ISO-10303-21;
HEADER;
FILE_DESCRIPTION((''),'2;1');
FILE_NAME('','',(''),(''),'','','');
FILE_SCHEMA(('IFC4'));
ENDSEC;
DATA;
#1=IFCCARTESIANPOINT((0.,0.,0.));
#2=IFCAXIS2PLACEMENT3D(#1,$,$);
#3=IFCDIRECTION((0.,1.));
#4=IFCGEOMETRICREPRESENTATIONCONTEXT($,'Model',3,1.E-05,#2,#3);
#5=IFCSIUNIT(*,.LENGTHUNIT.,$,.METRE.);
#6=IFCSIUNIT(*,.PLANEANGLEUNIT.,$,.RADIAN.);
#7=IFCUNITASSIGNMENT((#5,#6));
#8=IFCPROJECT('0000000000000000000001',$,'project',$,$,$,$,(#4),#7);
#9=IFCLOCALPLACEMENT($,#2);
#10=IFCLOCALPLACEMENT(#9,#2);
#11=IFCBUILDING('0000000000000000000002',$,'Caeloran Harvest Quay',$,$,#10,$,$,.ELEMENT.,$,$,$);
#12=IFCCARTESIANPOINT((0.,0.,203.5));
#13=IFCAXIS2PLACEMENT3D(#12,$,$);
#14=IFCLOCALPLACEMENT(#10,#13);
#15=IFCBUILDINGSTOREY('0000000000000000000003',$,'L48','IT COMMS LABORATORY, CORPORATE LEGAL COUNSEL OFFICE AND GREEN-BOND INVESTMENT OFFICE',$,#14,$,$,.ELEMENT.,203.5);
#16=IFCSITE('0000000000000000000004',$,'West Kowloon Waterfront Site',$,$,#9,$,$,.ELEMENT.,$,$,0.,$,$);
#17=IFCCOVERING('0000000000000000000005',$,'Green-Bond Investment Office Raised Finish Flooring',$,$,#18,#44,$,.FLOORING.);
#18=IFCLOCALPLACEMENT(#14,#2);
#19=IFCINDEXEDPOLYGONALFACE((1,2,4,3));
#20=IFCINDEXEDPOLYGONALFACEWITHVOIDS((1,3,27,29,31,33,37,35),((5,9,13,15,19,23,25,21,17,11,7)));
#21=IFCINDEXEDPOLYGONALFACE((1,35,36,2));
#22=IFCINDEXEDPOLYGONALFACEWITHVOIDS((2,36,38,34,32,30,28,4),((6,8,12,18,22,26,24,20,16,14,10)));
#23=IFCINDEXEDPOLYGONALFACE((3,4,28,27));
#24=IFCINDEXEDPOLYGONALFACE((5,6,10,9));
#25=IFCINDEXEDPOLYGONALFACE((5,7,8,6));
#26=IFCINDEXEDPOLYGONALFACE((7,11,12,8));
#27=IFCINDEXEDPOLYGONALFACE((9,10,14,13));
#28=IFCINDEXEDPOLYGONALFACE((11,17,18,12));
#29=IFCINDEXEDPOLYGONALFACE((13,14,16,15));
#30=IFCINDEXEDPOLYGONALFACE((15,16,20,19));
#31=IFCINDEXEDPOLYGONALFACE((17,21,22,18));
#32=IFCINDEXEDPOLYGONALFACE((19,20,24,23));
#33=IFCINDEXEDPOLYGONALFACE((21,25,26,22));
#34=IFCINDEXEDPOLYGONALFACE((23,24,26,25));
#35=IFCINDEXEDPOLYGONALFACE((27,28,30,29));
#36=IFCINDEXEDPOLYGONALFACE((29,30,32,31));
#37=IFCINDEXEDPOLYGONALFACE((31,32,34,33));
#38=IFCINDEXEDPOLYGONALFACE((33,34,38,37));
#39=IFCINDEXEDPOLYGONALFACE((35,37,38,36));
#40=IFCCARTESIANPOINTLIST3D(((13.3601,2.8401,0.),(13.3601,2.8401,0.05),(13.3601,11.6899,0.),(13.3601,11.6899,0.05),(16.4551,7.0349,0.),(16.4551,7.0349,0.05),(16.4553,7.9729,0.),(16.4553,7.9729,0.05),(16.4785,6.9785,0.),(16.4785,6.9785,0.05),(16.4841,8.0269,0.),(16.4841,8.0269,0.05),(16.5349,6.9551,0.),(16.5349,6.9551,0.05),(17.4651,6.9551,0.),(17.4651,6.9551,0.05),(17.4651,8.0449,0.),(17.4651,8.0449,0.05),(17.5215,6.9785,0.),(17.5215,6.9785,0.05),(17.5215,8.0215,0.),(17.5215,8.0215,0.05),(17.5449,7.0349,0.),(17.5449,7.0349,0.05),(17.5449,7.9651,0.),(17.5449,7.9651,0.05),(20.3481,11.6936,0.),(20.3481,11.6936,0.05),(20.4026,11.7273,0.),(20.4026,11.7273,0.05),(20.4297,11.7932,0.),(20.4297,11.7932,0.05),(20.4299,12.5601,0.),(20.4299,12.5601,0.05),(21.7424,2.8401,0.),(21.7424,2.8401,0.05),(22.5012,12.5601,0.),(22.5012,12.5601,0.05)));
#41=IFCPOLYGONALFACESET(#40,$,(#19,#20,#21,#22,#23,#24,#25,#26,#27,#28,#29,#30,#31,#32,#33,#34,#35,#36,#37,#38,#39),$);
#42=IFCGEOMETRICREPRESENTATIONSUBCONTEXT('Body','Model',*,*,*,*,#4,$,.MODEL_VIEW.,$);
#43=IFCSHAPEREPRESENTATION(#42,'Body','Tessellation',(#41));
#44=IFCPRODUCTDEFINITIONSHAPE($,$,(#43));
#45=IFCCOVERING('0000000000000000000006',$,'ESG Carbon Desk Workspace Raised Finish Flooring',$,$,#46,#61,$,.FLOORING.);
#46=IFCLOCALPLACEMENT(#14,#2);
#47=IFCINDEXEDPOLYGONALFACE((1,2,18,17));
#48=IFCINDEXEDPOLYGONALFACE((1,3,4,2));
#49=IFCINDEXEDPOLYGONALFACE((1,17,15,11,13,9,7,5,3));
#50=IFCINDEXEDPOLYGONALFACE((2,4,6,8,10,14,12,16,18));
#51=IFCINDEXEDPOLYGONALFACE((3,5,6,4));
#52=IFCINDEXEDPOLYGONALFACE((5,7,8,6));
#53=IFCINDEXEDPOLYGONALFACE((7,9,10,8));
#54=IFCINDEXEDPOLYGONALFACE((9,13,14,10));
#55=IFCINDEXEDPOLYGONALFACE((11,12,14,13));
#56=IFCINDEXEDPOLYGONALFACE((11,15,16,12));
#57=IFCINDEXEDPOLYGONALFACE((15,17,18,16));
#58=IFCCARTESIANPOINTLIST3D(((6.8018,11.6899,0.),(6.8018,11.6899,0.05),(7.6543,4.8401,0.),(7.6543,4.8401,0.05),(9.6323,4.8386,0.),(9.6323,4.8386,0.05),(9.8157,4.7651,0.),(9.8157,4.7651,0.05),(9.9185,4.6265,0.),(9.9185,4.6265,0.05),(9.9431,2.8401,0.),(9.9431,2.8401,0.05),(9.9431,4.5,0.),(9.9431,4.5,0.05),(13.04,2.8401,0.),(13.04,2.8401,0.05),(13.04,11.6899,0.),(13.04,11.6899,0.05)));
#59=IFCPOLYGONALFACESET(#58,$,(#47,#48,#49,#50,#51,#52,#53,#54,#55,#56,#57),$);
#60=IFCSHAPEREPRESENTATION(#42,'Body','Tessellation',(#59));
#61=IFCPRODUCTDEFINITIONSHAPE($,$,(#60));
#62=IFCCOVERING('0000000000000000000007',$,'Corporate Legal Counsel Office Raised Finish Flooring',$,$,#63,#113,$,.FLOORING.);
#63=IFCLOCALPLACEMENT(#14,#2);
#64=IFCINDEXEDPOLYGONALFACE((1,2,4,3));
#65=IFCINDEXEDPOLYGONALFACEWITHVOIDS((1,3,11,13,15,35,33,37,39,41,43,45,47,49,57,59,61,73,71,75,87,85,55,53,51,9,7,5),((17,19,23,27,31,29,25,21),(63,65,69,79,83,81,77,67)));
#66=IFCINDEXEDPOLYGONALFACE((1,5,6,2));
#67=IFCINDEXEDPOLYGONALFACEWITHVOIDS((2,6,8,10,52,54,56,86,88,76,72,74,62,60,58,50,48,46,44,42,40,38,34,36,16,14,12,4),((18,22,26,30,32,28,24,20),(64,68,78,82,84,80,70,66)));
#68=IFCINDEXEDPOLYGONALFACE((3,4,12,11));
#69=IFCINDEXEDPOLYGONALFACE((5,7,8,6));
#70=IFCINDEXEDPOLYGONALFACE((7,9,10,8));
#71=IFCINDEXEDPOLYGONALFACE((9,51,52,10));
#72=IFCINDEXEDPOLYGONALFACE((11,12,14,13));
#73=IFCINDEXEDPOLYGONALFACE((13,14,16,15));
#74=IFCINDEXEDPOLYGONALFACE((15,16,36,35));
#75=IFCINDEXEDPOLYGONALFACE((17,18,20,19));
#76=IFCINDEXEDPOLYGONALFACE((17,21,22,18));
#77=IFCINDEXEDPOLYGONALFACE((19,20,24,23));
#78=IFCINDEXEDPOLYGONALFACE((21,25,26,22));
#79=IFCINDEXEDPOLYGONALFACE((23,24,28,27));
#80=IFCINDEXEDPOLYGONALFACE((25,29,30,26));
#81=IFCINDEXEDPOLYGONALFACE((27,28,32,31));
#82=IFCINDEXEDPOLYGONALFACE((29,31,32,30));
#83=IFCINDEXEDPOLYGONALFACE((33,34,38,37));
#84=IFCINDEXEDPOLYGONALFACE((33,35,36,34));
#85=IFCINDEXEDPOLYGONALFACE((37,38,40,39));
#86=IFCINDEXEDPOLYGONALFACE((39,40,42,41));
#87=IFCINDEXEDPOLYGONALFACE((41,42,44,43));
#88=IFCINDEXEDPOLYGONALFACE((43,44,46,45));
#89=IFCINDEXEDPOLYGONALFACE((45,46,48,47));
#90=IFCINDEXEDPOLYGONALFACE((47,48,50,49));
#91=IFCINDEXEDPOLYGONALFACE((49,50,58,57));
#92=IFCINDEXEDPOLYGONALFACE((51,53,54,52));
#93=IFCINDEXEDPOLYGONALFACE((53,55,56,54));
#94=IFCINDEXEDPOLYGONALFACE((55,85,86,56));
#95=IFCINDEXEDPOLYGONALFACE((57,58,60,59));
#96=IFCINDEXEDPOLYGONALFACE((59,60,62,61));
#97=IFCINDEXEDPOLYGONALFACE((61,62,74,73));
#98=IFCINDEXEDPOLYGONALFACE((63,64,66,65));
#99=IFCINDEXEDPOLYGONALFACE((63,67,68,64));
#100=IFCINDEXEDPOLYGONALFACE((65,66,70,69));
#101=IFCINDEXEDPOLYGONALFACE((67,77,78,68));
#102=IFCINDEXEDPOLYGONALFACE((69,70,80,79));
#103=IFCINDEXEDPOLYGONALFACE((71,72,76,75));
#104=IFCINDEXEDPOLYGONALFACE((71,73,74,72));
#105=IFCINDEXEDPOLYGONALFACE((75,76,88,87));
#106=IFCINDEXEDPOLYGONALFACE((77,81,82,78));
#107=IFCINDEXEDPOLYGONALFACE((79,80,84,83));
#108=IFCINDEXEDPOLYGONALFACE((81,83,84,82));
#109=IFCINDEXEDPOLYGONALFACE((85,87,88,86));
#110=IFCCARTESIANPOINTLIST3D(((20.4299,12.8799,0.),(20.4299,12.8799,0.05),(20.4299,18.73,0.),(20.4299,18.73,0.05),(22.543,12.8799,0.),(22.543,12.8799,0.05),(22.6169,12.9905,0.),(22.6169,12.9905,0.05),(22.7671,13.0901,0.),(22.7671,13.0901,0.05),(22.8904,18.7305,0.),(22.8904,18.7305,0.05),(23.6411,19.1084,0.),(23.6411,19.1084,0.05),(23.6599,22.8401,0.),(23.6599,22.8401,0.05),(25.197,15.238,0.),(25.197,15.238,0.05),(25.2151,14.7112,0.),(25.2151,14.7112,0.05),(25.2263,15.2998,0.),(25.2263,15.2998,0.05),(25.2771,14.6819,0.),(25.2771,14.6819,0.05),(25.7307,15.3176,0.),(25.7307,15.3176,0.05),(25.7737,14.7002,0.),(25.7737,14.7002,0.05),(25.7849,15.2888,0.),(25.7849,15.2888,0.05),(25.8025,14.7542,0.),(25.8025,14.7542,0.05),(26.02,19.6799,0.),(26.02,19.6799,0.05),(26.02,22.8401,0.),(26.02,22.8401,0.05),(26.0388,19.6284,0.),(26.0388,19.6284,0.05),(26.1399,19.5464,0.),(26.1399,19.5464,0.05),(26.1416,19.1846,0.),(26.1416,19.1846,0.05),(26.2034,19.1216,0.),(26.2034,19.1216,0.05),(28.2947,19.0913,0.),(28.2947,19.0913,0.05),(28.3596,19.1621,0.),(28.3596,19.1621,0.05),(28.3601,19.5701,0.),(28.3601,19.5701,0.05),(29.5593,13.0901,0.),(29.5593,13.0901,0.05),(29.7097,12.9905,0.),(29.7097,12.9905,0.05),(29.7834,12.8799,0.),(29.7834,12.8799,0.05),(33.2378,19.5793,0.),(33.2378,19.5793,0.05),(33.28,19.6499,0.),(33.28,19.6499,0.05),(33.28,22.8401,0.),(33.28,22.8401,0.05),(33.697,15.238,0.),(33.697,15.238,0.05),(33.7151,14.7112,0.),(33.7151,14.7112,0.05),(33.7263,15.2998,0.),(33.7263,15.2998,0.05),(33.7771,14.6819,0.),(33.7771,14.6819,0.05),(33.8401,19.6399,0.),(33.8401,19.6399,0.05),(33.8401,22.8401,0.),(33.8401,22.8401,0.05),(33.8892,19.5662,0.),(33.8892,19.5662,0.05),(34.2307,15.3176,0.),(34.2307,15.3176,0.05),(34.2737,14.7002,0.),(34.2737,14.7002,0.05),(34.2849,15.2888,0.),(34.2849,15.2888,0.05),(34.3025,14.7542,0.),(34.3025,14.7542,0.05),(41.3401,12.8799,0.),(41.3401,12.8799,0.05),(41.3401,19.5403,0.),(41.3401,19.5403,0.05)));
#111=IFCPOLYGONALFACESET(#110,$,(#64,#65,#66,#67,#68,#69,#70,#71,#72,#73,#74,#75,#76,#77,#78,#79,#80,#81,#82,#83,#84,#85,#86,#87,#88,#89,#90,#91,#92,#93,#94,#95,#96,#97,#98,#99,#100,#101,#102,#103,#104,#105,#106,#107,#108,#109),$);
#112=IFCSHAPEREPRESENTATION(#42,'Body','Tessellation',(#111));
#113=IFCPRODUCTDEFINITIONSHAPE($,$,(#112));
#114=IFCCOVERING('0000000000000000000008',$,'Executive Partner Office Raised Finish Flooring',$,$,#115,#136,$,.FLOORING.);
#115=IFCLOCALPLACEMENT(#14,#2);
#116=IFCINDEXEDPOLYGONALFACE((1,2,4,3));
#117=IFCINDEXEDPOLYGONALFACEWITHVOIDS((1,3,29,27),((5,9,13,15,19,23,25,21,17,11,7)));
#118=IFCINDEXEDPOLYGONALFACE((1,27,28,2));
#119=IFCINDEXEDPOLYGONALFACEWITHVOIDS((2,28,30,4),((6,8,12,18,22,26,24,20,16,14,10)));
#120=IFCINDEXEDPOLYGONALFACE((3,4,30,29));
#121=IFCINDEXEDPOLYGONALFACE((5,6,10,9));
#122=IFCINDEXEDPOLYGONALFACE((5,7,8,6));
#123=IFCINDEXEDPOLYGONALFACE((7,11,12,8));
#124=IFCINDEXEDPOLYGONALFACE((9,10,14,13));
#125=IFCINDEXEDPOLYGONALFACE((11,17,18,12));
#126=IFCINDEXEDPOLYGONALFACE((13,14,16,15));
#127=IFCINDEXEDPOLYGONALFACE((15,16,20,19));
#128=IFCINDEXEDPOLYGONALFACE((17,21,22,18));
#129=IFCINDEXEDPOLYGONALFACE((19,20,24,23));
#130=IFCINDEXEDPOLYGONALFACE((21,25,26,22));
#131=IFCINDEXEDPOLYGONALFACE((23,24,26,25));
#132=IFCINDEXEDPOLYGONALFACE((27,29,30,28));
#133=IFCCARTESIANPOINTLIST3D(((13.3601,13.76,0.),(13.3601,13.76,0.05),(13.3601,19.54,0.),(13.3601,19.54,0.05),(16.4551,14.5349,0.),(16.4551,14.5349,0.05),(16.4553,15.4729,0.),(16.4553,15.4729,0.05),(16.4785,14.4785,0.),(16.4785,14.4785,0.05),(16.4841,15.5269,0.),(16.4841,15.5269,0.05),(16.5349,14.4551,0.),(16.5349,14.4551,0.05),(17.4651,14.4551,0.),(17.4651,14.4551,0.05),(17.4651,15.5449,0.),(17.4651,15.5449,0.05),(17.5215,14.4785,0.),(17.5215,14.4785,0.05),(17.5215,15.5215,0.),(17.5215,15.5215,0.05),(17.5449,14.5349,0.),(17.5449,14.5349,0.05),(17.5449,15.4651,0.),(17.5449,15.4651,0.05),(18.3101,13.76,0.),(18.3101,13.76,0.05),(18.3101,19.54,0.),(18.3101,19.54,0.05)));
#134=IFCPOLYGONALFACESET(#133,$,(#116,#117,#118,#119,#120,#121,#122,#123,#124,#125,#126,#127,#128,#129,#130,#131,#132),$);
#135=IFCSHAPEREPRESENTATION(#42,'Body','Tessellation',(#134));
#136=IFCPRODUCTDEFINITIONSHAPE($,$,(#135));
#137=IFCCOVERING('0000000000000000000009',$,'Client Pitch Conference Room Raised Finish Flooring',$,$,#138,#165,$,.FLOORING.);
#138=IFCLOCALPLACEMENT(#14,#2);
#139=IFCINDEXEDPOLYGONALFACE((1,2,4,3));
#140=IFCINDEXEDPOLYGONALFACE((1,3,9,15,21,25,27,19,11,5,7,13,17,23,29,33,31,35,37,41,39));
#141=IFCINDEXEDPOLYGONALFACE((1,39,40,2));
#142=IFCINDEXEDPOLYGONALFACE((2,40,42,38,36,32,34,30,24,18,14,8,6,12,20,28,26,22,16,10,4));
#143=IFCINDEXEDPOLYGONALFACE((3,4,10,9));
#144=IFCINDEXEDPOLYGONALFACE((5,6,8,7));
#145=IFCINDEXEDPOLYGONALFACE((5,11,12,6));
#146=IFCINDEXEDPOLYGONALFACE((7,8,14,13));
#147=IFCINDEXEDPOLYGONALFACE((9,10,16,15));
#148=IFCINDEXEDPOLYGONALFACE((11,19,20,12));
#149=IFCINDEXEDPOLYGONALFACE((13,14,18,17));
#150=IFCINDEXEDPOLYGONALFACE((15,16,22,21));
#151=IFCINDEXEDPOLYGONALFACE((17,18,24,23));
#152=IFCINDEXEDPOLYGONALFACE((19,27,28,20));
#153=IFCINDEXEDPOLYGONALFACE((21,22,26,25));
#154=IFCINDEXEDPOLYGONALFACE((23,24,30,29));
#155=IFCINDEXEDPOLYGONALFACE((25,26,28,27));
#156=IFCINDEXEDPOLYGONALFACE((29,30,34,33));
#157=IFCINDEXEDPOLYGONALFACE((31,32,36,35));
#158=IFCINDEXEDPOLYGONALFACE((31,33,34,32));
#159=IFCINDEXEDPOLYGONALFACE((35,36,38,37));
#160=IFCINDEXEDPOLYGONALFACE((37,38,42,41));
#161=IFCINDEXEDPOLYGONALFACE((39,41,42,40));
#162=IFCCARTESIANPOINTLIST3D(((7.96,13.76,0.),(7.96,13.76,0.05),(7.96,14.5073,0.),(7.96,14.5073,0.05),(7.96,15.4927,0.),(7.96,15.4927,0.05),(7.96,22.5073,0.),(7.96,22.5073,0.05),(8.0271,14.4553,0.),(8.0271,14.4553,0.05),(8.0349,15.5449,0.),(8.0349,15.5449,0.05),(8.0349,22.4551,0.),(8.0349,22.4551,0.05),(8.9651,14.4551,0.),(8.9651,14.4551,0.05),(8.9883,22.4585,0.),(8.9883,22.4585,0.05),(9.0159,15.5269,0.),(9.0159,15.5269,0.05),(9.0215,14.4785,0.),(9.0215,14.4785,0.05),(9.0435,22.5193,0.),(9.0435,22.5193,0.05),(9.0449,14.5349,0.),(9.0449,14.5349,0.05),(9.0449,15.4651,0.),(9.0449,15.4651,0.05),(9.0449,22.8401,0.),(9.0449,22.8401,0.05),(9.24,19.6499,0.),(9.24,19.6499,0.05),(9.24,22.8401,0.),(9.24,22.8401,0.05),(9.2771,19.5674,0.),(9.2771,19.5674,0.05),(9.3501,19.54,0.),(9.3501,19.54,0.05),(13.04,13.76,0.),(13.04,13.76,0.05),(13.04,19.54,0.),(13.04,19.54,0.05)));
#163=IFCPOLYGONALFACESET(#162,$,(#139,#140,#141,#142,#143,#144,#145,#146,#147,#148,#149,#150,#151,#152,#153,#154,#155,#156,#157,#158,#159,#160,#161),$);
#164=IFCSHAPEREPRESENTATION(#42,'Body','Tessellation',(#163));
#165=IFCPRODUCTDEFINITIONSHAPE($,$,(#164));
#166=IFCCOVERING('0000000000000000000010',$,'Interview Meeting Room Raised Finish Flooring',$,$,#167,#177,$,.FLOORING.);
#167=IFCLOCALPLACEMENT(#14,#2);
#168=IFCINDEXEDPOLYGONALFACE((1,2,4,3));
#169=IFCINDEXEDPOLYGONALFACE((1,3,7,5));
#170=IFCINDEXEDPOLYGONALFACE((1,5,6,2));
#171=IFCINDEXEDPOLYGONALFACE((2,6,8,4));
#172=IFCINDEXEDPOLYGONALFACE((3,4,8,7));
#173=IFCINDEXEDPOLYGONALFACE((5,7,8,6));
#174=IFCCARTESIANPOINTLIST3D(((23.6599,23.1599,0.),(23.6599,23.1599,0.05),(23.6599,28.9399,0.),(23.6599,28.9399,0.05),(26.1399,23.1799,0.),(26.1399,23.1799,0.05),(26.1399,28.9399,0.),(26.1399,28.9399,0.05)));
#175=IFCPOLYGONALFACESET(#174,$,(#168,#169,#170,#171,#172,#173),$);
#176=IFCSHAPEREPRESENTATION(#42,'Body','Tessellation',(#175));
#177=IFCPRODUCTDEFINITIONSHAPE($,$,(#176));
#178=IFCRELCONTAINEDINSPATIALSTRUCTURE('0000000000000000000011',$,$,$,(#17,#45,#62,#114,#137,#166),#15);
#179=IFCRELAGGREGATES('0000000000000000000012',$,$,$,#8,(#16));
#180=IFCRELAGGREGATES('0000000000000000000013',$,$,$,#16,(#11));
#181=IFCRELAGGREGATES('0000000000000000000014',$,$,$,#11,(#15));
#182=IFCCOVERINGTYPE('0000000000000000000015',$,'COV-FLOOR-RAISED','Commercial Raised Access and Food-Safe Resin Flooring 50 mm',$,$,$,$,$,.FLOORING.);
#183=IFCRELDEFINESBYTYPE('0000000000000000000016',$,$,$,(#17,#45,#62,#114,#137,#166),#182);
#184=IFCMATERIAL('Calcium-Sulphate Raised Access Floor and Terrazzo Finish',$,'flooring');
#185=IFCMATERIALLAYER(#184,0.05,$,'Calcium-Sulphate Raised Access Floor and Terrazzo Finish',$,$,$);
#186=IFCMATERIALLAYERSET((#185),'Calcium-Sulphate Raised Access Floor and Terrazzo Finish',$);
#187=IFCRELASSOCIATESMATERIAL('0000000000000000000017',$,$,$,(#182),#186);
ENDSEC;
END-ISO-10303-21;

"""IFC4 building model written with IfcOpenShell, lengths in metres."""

from ifc_helpers import new_model, si_unit, direction, frame, origin, place, context, subcontext, project, spatial, polyline, outline, extrude, material, layer, layer_set, type_object, element, save


model = new_model("IFC4")

# Units and contexts
model_context = context("Model", 3, precision=1e-05, world=origin(), true_north=direction((0.0, 1.0)))
body_context = subcontext(model_context, "Body", "Model", "MODEL_VIEW")
ifc_project = project(units=[si_unit("LENGTHUNIT", "METRE"), si_unit("PLANEANGLEUNIT", "RADIAN")], contexts=[model_context])

# Site, building, storey
site_placement = place(None, origin())
site = spatial("IfcSite", under=ifc_project, at=site_placement, Name="West Kowloon Waterfront Site", CompositionType="ELEMENT", RefElevation=0.0)
building_placement = place(site_placement, origin())
building = spatial("IfcBuilding", under=site, at=building_placement, Name="Caeloran Harvest Quay", CompositionType="ELEMENT")
storey_placement = place(building_placement, frame((0.0, 0.0, 203.5)))
storey = spatial("IfcBuildingStorey", under=building, at=storey_placement, Name="L48", Description="IT COMMS LABORATORY, CORPORATE LEGAL COUNSEL OFFICE AND GREEN-BOND INVESTMENT OFFICE", CompositionType="ELEMENT", Elevation=203.5)

# Coverings
ifc_material_1 = material(Name="Calcium-Sulphate Raised Access Floor and Terrazzo Finish", Category="flooring")
ifc_layer_1 = layer(ifc_material_1, 0.05, Name="Calcium-Sulphate Raised Access Floor and Terrazzo Finish")
ifc_layer_set_1 = layer_set([ifc_layer_1], Name="Calcium-Sulphate Raised Access Floor and Terrazzo Finish")
covering_type_1 = type_object("IfcCoveringType", Name="COV-FLOOR-RAISED", Description="Commercial Raised Access and Food-Safe Resin Flooring 50 mm", PredefinedType="FLOORING", material=ifc_layer_set_1)
covering_1_placement = place(storey_placement, origin())
element("IfcCovering", 1, at=covering_1_placement, inside=storey, type_object=covering_type_1, Name="Green-Bond Investment Office Raised Finish Flooring", PredefinedType="FLOORING", context=body_context, shape_type="SweptSolid", body=[
    extrude(outline(polyline([(20.3481, 11.6936), (20.4026, 11.7273), (20.4297, 11.7932), (20.4299, 12.5601), (22.5012, 12.5601), (21.7424, 2.8401), (13.3601, 2.8401), (13.3601, 11.6899), (20.3481, 11.6936)]), holes=[polyline([(17.4651, 8.0449), (16.4841, 8.0269), (16.4553, 7.9729), (16.4551, 7.0349), (16.4785, 6.9785), (16.5349, 6.9551), (17.4651, 6.9551), (17.5215, 6.9785), (17.5449, 7.0349), (17.5449, 7.9651), (17.5215, 8.0215), (17.4651, 8.0449)])]), origin(), (0.0, 0.0, 1.0), 0.05),
])
covering_2_placement = place(storey_placement, origin())
element("IfcCovering", 2, at=covering_2_placement, inside=storey, type_object=covering_type_1, Name="ESG Carbon Desk Workspace Raised Finish Flooring", PredefinedType="FLOORING", context=body_context, shape_type="SweptSolid", body=[
    extrude(outline(polyline([(9.9185, 4.6265), (9.8157, 4.7651), (9.6323, 4.8386), (7.6543, 4.8401), (6.8018, 11.6899), (13.04, 11.6899), (13.04, 2.8401), (9.9431, 2.8401), (9.9431, 4.5), (9.9185, 4.6265)])), origin(), (0.0, 0.0, 1.0), 0.05),
])
covering_3_placement = place(storey_placement, origin())
element("IfcCovering", 3, at=covering_3_placement, inside=storey, type_object=covering_type_1, Name="Corporate Legal Counsel Office Raised Finish Flooring", PredefinedType="FLOORING", context=body_context, shape_type="SweptSolid", body=[
    extrude(outline(polyline([(22.543, 12.8799), (20.4299, 12.8799), (20.4299, 18.73), (22.8904, 18.7305), (23.6411, 19.1084), (23.6599, 22.8401), (26.02, 22.8401), (26.02, 19.6799), (26.0388, 19.6284), (26.1399, 19.5464), (26.1416, 19.1846), (26.2034, 19.1216), (28.2947, 19.0913), (28.3596, 19.1621), (28.3601, 19.5701), (33.2378, 19.5793), (33.28, 19.6499), (33.28, 22.8401), (33.8401, 22.8401), (33.8401, 19.6399), (33.8892, 19.5662), (41.3401, 19.5403), (41.3401, 12.8799), (29.7834, 12.8799), (29.7097, 12.9905), (29.5593, 13.0901), (22.7671, 13.0901), (22.6169, 12.9905), (22.543, 12.8799)]), holes=[polyline([(34.3025, 14.7542), (34.2849, 15.2888), (34.2307, 15.3176), (33.7263, 15.2998), (33.697, 15.238), (33.7151, 14.7112), (33.7771, 14.6819), (34.2737, 14.7002), (34.3025, 14.7542)]), polyline([(25.8025, 14.7542), (25.7849, 15.2888), (25.7307, 15.3176), (25.2263, 15.2998), (25.197, 15.238), (25.2151, 14.7112), (25.2771, 14.6819), (25.7737, 14.7002), (25.8025, 14.7542)])]), origin(), (0.0, 0.0, 1.0), 0.05),
])
covering_4_placement = place(storey_placement, origin())
element("IfcCovering", 4, at=covering_4_placement, inside=storey, type_object=covering_type_1, Name="Executive Partner Office Raised Finish Flooring", PredefinedType="FLOORING", context=body_context, shape_type="SweptSolid", body=[
    extrude(outline(polyline([(18.3101, 19.54), (18.3101, 13.76), (13.3601, 13.76), (13.3601, 19.54), (18.3101, 19.54)]), holes=[polyline([(17.4651, 15.5449), (16.4841, 15.5269), (16.4553, 15.4729), (16.4551, 14.5349), (16.4785, 14.4785), (16.5349, 14.4551), (17.4651, 14.4551), (17.5215, 14.4785), (17.5449, 14.5349), (17.5449, 15.4651), (17.5215, 15.5215), (17.4651, 15.5449)])]), origin(), (0.0, 0.0, 1.0), 0.05),
])
covering_5_placement = place(storey_placement, origin())
element("IfcCovering", 5, at=covering_5_placement, inside=storey, type_object=covering_type_1, Name="Client Pitch Conference Room Raised Finish Flooring", PredefinedType="FLOORING", context=body_context, shape_type="SweptSolid", body=[
    extrude(outline(polyline([(7.96, 14.5073), (8.0271, 14.4553), (8.9651, 14.4551), (9.0215, 14.4785), (9.0449, 14.5349), (9.0449, 15.4651), (9.0159, 15.5269), (8.0349, 15.5449), (7.96, 15.4927), (7.96, 22.5073), (8.0349, 22.4551), (8.9883, 22.4585), (9.0435, 22.5193), (9.0449, 22.8401), (9.24, 22.8401), (9.24, 19.6499), (9.2771, 19.5674), (9.3501, 19.54), (13.04, 19.54), (13.04, 13.76), (7.96, 13.76), (7.96, 14.5073)])), origin(), (0.0, 0.0, 1.0), 0.05),
])
covering_6_placement = place(storey_placement, origin())
element("IfcCovering", 6, at=covering_6_placement, inside=storey, type_object=covering_type_1, Name="Interview Meeting Room Raised Finish Flooring", PredefinedType="FLOORING", context=body_context, shape_type="SweptSolid", body=[
    extrude(outline(polyline([(26.1399, 23.1799), (23.6599, 23.1599), (23.6599, 28.9399), (26.1399, 28.9399), (26.1399, 23.1799)])), origin(), (0.0, 0.0, 1.0), 0.05),
])

save(model, "model.ifc")
